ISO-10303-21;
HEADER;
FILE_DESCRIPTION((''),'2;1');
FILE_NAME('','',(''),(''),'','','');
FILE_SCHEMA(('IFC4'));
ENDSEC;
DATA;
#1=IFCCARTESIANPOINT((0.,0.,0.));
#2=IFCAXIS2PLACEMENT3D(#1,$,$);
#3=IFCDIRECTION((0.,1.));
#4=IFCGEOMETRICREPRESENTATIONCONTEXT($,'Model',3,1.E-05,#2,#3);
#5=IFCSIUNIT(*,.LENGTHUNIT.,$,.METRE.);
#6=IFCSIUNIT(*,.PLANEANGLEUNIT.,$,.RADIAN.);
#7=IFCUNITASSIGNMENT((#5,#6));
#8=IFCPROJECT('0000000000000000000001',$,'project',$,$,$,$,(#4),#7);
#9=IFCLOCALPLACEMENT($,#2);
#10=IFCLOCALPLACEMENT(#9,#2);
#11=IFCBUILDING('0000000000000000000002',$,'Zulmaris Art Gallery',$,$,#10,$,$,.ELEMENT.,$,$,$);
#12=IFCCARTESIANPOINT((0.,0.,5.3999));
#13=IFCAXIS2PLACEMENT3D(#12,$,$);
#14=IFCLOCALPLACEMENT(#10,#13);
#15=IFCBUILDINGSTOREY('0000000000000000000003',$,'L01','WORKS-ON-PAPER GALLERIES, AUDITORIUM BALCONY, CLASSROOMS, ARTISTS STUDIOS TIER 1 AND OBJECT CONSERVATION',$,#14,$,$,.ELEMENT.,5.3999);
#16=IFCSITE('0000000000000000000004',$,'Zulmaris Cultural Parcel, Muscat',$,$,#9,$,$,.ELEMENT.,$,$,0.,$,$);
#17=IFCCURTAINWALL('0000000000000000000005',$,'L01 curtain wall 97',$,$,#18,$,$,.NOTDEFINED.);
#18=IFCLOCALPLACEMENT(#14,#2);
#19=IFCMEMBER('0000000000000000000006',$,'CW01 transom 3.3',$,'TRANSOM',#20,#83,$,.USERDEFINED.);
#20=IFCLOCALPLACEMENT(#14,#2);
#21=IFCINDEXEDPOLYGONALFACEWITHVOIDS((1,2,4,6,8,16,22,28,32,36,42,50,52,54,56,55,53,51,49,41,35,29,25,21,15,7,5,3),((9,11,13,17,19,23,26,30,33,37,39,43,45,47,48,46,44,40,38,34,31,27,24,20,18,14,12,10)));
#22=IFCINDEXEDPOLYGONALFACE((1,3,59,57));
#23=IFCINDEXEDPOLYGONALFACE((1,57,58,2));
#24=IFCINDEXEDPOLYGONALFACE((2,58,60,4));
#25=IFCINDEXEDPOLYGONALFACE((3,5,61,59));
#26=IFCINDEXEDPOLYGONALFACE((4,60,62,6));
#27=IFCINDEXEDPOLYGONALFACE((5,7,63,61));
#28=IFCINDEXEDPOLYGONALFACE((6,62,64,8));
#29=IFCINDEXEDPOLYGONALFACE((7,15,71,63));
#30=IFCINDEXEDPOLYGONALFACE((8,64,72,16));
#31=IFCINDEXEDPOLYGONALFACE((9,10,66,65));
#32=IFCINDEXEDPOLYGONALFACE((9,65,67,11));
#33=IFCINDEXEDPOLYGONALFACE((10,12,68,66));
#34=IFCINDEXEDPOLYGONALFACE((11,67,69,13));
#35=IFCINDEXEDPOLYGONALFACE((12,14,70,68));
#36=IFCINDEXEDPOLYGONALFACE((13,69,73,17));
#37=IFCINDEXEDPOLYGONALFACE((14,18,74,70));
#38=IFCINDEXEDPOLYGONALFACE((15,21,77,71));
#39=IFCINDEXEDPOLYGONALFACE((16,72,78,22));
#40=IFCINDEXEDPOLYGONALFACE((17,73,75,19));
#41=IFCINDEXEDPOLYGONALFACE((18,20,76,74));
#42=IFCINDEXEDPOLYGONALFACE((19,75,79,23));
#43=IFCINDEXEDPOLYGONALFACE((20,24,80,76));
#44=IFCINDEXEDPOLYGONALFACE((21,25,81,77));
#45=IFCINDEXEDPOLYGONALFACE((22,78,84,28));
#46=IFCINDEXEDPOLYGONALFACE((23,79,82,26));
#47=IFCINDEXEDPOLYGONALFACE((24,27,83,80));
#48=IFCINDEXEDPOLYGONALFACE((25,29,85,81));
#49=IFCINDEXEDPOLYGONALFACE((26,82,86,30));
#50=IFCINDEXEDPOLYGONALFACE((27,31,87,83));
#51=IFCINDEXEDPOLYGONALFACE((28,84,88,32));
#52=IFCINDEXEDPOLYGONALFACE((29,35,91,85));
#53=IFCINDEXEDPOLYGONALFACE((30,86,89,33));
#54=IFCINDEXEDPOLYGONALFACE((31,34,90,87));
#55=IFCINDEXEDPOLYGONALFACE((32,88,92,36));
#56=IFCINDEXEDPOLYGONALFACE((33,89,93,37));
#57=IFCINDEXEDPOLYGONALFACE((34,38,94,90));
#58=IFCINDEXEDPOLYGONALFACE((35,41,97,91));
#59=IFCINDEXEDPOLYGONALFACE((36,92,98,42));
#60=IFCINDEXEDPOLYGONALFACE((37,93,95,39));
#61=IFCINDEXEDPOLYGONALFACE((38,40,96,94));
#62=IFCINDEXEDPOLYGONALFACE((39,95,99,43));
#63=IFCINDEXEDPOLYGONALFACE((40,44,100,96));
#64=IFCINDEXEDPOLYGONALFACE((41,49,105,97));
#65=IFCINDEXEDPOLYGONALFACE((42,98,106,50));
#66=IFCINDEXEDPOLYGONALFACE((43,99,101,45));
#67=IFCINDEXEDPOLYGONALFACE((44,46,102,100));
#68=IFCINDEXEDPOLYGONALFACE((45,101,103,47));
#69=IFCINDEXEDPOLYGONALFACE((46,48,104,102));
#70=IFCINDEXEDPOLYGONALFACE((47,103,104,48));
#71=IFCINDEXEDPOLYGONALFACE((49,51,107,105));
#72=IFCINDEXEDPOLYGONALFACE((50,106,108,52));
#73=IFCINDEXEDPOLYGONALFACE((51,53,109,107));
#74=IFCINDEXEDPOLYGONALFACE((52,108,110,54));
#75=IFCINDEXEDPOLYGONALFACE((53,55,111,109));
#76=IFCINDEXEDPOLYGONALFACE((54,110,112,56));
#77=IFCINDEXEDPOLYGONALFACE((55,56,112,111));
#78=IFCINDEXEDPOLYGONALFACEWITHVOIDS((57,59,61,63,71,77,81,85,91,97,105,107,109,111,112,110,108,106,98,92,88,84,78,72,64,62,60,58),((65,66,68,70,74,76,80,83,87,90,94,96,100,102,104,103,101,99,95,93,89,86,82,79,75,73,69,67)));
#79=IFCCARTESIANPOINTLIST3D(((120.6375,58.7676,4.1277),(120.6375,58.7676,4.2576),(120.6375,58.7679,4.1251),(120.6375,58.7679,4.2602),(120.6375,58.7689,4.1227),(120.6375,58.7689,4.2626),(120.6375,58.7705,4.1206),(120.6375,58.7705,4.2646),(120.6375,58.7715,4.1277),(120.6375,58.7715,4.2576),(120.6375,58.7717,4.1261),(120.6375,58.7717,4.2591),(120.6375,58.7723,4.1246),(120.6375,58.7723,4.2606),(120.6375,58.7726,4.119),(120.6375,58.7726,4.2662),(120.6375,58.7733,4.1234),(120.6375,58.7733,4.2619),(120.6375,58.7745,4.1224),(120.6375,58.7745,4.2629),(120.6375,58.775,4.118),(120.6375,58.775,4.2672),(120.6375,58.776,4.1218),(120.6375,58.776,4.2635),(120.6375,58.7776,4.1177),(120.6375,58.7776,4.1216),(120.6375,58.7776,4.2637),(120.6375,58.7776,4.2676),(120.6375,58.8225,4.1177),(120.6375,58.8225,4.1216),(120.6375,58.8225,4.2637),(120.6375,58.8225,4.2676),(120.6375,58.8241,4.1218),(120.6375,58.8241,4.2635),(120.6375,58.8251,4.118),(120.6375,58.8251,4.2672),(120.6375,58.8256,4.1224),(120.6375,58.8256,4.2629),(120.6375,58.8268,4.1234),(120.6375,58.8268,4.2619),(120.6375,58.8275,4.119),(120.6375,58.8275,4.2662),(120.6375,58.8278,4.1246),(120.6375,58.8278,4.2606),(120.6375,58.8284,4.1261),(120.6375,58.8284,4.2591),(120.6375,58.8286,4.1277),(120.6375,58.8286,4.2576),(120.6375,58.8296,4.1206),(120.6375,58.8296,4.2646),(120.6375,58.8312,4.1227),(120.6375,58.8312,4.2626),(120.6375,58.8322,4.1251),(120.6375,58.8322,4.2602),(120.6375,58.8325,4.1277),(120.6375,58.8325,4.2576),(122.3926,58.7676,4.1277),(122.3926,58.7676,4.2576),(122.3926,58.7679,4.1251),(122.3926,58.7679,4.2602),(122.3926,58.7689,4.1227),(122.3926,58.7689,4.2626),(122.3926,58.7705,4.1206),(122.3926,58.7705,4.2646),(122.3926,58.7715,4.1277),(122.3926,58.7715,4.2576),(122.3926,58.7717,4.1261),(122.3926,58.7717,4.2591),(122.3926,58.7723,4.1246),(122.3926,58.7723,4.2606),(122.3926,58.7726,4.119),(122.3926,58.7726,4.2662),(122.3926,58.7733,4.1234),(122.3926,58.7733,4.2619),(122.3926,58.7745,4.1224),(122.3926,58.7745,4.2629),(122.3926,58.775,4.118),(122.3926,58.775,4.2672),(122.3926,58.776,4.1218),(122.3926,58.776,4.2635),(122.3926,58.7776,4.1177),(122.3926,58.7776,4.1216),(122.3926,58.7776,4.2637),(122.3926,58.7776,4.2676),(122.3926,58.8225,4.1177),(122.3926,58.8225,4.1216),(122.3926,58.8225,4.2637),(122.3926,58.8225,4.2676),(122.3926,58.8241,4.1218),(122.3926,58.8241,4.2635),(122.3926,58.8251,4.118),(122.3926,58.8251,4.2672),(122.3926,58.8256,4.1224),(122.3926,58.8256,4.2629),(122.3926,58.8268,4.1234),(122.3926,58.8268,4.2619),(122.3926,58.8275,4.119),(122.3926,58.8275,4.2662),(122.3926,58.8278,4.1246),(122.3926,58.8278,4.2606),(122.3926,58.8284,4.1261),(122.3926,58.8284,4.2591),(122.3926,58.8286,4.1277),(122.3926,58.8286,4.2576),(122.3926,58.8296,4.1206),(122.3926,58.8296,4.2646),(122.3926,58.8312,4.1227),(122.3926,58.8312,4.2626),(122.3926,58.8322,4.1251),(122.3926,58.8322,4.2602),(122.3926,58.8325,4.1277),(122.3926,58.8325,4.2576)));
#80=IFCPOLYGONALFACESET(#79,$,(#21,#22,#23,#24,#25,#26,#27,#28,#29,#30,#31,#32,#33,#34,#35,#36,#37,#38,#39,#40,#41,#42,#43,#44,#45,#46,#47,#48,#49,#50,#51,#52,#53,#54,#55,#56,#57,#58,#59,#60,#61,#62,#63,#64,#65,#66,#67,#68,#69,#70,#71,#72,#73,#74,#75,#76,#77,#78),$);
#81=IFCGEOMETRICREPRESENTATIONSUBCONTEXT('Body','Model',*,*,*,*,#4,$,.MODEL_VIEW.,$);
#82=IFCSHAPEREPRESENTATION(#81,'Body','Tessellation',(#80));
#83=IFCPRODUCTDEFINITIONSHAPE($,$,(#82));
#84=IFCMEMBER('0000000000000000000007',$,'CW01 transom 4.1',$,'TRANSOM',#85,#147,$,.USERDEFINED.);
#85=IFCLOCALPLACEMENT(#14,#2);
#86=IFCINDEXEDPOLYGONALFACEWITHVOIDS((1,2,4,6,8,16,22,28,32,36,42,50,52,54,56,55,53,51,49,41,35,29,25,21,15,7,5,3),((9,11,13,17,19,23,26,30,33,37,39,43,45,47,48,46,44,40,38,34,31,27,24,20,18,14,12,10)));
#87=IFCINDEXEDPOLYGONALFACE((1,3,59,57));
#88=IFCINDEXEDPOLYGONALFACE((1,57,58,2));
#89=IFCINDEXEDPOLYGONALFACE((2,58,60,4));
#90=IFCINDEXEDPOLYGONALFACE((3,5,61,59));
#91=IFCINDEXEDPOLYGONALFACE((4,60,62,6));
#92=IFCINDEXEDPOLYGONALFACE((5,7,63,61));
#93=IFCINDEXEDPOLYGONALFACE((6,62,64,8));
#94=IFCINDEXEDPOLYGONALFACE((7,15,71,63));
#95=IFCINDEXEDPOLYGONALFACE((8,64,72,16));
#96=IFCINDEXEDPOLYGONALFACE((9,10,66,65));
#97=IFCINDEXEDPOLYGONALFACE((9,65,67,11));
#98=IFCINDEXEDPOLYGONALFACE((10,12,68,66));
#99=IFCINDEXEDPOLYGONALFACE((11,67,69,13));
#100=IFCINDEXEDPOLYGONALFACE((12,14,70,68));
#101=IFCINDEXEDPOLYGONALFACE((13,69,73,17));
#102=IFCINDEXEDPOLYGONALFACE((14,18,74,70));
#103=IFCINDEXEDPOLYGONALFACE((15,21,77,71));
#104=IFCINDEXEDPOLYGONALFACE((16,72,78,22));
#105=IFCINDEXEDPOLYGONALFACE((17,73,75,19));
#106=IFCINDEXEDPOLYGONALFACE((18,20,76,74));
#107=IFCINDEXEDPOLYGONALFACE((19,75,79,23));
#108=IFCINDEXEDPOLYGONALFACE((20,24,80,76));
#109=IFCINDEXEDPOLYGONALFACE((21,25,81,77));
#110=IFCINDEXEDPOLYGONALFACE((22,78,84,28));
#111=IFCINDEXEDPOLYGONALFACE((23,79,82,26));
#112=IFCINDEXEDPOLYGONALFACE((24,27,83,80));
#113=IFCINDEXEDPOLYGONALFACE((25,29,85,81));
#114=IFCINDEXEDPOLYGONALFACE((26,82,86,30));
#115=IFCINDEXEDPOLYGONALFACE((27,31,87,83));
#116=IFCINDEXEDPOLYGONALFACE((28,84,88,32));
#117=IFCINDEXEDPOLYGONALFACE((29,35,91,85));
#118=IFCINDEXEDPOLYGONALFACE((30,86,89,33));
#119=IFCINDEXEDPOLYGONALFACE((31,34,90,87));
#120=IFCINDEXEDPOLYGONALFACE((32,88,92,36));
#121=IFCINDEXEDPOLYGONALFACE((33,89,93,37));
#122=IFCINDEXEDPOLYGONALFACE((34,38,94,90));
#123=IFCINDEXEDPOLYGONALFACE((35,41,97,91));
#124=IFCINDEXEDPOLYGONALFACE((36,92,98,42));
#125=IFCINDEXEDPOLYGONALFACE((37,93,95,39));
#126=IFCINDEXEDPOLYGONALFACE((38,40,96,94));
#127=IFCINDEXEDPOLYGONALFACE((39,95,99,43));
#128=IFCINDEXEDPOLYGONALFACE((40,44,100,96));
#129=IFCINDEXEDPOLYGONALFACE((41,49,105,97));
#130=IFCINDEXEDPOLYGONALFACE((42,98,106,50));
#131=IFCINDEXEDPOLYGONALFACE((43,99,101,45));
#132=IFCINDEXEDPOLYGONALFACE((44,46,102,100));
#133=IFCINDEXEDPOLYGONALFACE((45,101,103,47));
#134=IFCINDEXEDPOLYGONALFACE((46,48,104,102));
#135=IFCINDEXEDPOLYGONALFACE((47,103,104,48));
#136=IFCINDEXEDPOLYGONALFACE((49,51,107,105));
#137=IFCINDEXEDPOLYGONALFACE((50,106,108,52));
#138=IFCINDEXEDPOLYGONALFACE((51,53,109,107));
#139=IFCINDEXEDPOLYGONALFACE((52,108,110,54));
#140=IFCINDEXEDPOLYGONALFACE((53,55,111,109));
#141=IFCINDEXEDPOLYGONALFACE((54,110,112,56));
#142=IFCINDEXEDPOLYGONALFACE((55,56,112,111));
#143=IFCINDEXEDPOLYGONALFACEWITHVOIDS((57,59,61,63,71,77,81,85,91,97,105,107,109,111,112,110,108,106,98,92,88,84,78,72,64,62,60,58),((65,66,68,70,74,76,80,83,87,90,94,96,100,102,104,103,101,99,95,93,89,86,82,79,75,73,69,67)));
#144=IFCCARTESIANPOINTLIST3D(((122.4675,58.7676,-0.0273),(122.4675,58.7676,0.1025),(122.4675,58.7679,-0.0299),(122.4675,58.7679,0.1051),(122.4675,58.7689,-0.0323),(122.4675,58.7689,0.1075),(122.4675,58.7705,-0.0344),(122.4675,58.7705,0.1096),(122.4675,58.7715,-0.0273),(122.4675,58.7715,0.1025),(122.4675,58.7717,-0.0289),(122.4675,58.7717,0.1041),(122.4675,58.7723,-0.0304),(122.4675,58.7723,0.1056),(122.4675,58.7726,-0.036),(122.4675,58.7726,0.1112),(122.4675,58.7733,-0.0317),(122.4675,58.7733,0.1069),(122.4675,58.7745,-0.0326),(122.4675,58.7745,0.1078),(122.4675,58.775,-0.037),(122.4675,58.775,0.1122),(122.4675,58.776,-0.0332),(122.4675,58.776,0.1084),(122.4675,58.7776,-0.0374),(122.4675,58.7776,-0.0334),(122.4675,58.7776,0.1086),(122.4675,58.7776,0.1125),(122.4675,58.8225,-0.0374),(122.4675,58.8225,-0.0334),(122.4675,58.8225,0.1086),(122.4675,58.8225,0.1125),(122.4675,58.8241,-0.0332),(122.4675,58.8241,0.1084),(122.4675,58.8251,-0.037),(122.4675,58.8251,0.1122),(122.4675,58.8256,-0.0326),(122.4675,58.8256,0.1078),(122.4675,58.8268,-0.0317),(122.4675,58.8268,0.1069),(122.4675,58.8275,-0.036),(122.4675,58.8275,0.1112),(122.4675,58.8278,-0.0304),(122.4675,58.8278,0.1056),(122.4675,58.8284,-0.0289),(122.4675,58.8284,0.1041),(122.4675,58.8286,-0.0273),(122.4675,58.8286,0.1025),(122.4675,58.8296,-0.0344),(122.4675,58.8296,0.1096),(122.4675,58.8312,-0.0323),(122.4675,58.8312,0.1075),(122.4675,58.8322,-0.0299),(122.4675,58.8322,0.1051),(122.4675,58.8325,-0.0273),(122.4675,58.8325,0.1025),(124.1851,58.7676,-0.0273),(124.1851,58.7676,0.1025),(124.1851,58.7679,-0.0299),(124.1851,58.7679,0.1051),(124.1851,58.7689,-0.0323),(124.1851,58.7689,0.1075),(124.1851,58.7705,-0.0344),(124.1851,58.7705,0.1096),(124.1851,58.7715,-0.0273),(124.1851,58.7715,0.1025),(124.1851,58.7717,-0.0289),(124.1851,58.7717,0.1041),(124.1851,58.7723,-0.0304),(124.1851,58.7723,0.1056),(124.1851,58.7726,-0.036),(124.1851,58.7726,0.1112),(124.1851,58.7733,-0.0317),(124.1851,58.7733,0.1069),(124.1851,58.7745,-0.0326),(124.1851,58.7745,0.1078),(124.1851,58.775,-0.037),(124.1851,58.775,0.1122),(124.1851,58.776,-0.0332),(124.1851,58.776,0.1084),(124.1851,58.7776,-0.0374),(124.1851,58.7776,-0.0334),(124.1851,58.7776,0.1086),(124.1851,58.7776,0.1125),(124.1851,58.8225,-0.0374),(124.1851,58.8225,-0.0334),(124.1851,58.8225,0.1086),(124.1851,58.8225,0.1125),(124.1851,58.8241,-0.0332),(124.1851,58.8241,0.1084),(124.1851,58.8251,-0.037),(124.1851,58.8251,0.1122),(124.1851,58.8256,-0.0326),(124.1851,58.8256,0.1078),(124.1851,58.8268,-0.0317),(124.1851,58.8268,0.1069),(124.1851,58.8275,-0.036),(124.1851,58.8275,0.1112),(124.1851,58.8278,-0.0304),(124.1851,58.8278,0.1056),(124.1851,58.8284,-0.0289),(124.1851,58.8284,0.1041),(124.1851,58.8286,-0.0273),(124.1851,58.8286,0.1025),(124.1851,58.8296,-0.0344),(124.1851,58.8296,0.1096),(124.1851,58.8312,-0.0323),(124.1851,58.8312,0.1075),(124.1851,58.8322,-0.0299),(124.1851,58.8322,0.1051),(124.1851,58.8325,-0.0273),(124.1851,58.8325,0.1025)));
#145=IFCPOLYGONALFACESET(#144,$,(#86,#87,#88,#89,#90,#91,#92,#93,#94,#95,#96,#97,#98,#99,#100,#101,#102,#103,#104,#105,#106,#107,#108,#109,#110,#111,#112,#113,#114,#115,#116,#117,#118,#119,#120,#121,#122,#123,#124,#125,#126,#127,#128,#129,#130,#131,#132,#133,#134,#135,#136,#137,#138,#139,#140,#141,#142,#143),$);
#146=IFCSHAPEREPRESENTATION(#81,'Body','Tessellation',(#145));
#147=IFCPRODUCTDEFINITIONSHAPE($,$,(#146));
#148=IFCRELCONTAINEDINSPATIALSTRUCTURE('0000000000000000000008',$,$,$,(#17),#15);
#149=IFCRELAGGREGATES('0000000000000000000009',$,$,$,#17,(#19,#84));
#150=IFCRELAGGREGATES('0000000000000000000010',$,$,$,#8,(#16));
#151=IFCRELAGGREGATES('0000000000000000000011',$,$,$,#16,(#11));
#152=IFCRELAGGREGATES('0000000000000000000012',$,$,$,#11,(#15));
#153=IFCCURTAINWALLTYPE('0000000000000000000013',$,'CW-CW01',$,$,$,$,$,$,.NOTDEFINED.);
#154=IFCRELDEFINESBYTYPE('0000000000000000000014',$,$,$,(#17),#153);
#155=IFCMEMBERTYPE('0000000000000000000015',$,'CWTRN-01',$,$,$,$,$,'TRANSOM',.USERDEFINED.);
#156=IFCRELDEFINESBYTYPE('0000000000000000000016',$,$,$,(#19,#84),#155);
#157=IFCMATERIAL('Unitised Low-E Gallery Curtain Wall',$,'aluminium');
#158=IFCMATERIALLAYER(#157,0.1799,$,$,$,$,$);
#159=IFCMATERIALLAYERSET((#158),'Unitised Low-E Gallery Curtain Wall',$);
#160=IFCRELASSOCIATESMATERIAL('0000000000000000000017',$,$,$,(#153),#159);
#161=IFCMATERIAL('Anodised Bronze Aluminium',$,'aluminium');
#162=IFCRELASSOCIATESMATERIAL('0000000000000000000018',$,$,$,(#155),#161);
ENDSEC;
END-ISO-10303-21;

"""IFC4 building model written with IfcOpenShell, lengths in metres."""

from ifc_helpers import new_model, si_unit, direction, frame, origin, origin_2d, place, context, subcontext, project, spatial, hollow_rectangle, extrude, material, layer, layer_set, material_profile, profile_set, type_object, element, aggregate, save


model = new_model("IFC4")

# Units and contexts
model_context = context("Model", 3, precision=1e-05, world=origin(), true_north=direction((0.0, 1.0)))
body_context = subcontext(model_context, "Body", "Model", "MODEL_VIEW")
ifc_project = project(units=[si_unit("LENGTHUNIT", "METRE"), si_unit("PLANEANGLEUNIT", "RADIAN")], contexts=[model_context])

# Site, building, storey
site_placement = place(None, origin())
site = spatial("IfcSite", under=ifc_project, at=site_placement, Name="Zulmaris Cultural Parcel, Muscat", CompositionType="ELEMENT", RefElevation=0.0)
building_placement = place(site_placement, origin())
building = spatial("IfcBuilding", under=site, at=building_placement, Name="Zulmaris Art Gallery", CompositionType="ELEMENT")
storey_placement = place(building_placement, frame((0.0, 0.0, 5.3999)))
storey = spatial("IfcBuildingStorey", under=building, at=storey_placement, Name="L01", Description="WORKS-ON-PAPER GALLERIES, AUDITORIUM BALCONY, CLASSROOMS, ARTISTS STUDIOS TIER 1 AND OBJECT CONSERVATION", CompositionType="ELEMENT", Elevation=5.3999)

# Curtain wall, members
ifc_material_1 = material(Name="Unitised Low-E Gallery Curtain Wall", Category="aluminium")
ifc_layer_1 = layer(ifc_material_1, 0.1799)
ifc_layer_set_1 = layer_set([ifc_layer_1], Name="Unitised Low-E Gallery Curtain Wall")
curtain_wall_type = type_object("IfcCurtainWallType", Name="CW-CW01", PredefinedType="NOTDEFINED", material=ifc_layer_set_1)
curtain_wall_placement = place(storey_placement, origin())
curtain_wall = element("IfcCurtainWall", 1, at=curtain_wall_placement, inside=storey, type_object=curtain_wall_type, Name="L01 curtain wall 97", PredefinedType="NOTDEFINED")
ifc_material_2 = material(Name="Anodised Bronze Aluminium", Category="aluminium")
ifc_material_profile_1 = material_profile(ifc_material_2, hollow_rectangle(XDim=0.0649, YDim=0.1499, WallThickness=0.0039, InnerFilletRadius=0.0061, OuterFilletRadius=0.01, at=origin_2d()), Name="ALU 65x150x4")
ifc_profile_set_1 = profile_set([ifc_material_profile_1], Name="Anodised Bronze Aluminium")
member_type_1 = type_object("IfcMemberType", Name="CWTRN-01", ElementType="TRANSOM", PredefinedType="USERDEFINED", material=ifc_profile_set_1)
member_1_placement = place(storey_placement, frame((120.6375, 58.8, 4.1926), z_axis=(1.0, 0.0, 0.0), x_axis=(0.0, 1.0, 0.0)))
member_1 = element("IfcMember", 2, at=member_1_placement, type_object=member_type_1, Name="CW01 transom 3.3", ObjectType="TRANSOM", PredefinedType="USERDEFINED", context=body_context, shape_type="SweptSolid", body=[
    extrude(hollow_rectangle(XDim=0.0649, YDim=0.1499, WallThickness=0.0039, InnerFilletRadius=0.0061, OuterFilletRadius=0.01, at=origin_2d()), origin(), (0.0, 0.0, 1.0), 1.7551),
])
member_2_placement = place(storey_placement, frame((122.4675, 58.8, 0.0376), z_axis=(1.0, 0.0, 0.0), x_axis=(0.0, 1.0, 0.0)))
member_2 = element("IfcMember", 3, at=member_2_placement, type_object=member_type_1, Name="CW01 transom 4.1", ObjectType="TRANSOM", PredefinedType="USERDEFINED", context=body_context, shape_type="SweptSolid", body=[
    extrude(hollow_rectangle(XDim=0.0649, YDim=0.1499, WallThickness=0.0039, InnerFilletRadius=0.0061, OuterFilletRadius=0.01, at=origin_2d()), origin(), (0.0, 0.0, 1.0), 1.7175),
])
aggregate(curtain_wall, [member_1, member_2])

save(model, "model.ifc")
